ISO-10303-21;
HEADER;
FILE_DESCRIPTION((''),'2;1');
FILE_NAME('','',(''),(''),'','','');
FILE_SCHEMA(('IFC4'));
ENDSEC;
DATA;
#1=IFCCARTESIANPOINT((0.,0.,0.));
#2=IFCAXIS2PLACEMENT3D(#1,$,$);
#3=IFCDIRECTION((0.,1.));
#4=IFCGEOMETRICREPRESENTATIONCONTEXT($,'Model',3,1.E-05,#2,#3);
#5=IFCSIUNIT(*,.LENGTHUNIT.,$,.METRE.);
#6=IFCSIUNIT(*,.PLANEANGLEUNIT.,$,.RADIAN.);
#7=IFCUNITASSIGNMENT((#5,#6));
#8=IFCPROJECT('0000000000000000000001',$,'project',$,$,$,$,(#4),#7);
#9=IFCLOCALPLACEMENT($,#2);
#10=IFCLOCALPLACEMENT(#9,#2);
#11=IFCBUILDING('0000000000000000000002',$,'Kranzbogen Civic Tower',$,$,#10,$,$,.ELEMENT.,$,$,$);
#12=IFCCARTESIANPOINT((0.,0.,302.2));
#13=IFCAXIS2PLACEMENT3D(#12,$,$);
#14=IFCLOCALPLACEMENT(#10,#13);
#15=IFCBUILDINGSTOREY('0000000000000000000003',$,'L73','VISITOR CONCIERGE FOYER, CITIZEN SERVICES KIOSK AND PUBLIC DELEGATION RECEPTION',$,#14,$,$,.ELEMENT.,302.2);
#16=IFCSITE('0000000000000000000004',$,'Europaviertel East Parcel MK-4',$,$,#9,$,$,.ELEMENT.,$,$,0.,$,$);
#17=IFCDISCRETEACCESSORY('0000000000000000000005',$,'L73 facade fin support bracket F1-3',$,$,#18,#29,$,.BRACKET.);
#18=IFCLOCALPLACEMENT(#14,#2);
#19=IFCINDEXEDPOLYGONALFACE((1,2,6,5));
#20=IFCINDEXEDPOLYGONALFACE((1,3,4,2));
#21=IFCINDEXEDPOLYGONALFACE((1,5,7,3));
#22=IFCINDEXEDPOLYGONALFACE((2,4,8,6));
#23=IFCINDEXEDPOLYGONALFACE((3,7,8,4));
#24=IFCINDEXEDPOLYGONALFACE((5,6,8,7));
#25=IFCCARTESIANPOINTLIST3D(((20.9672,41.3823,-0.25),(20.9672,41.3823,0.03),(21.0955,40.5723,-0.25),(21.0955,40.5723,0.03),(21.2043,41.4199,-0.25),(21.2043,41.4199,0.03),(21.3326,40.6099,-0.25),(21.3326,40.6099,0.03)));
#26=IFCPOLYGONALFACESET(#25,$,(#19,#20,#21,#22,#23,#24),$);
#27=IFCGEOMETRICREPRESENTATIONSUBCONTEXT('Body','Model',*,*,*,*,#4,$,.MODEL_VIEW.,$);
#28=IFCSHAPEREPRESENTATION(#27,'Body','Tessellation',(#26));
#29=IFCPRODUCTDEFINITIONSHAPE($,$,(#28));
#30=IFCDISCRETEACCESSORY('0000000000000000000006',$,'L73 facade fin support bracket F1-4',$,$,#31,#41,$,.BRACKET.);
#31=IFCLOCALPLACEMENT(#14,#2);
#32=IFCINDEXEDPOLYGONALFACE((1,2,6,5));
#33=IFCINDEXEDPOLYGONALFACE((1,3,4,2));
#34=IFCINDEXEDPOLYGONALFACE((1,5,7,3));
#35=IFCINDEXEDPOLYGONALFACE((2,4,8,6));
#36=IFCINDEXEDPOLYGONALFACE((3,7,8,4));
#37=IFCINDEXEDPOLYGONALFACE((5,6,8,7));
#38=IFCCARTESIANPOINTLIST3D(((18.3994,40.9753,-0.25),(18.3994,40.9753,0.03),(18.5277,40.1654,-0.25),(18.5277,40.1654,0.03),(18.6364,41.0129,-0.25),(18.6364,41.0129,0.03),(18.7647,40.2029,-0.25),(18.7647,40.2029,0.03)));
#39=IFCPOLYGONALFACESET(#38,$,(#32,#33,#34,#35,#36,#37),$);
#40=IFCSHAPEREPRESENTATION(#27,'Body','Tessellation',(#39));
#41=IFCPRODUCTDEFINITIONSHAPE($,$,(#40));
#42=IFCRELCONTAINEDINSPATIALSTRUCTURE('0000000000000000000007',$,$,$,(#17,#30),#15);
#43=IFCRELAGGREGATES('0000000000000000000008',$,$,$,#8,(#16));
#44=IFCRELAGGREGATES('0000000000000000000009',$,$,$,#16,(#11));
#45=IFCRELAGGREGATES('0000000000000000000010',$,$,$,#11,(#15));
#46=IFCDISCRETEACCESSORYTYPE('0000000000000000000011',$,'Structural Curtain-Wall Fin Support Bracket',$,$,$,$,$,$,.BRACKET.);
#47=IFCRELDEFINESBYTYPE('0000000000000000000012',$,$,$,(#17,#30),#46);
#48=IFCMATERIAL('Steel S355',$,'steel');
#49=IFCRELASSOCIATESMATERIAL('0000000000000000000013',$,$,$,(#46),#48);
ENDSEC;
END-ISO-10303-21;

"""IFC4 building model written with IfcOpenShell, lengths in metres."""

from ifc_helpers import new_model, si_unit, direction, frame, origin, origin_2d, place, context, subcontext, project, spatial, rectangle, extrude, material, type_object, element, save


model = new_model("IFC4")

# Units and contexts
model_context = context("Model", 3, precision=1e-05, world=origin(), true_north=direction((0.0, 1.0)))
body_context = subcontext(model_context, "Body", "Model", "MODEL_VIEW")
ifc_project = project(units=[si_unit("LENGTHUNIT", "METRE"), si_unit("PLANEANGLEUNIT", "RADIAN")], contexts=[model_context])

# Site, building, storey
site_placement = place(None, origin())
site = spatial("IfcSite", under=ifc_project, at=site_placement, Name="Europaviertel East Parcel MK-4", CompositionType="ELEMENT", RefElevation=0.0)
building_placement = place(site_placement, origin())
building = spatial("IfcBuilding", under=site, at=building_placement, Name="Kranzbogen Civic Tower", CompositionType="ELEMENT")
storey_placement = place(building_placement, frame((0.0, 0.0, 302.2)))
storey = spatial("IfcBuildingStorey", under=building, at=storey_placement, Name="L73", Description="VISITOR CONCIERGE FOYER, CITIZEN SERVICES KIOSK AND PUBLIC DELEGATION RECEPTION", CompositionType="ELEMENT", Elevation=302.2)

# Shared definitions
ifc_material_1 = material(Name="Steel S355", Category="steel")

# Discrete accessories
discrete_accessory_type = type_object("IfcDiscreteAccessoryType", Name="Structural Curtain-Wall Fin Support Bracket", PredefinedType="BRACKET", material=ifc_material_1)
for number, where, z_axis, x_axis, name in (
    (1, (21.1499, 40.9961, -0.25), (0.0, 0.0, 1.0), (-0.156434, 0.987688, 0.0), "L73 facade fin support bracket F1-3"),
    (2, (18.582, 40.5891, -0.25), (0.0, 0.0, 1.0), (-0.156434, 0.987688, 0.0), "L73 facade fin support bracket F1-4"),
):
    element("IfcDiscreteAccessory", number, at=place(storey_placement, frame(where, z_axis=z_axis, x_axis=x_axis)), inside=storey, type_object=discrete_accessory_type, Name=name, PredefinedType="BRACKET", context=body_context, shape_type="SweptSolid", body=[
        extrude(rectangle(XDim=0.8201, YDim=0.24, at=origin_2d()), origin(), (0.0, 0.0, 1.0), 0.28),
    ])

save(model, "model.ifc")
